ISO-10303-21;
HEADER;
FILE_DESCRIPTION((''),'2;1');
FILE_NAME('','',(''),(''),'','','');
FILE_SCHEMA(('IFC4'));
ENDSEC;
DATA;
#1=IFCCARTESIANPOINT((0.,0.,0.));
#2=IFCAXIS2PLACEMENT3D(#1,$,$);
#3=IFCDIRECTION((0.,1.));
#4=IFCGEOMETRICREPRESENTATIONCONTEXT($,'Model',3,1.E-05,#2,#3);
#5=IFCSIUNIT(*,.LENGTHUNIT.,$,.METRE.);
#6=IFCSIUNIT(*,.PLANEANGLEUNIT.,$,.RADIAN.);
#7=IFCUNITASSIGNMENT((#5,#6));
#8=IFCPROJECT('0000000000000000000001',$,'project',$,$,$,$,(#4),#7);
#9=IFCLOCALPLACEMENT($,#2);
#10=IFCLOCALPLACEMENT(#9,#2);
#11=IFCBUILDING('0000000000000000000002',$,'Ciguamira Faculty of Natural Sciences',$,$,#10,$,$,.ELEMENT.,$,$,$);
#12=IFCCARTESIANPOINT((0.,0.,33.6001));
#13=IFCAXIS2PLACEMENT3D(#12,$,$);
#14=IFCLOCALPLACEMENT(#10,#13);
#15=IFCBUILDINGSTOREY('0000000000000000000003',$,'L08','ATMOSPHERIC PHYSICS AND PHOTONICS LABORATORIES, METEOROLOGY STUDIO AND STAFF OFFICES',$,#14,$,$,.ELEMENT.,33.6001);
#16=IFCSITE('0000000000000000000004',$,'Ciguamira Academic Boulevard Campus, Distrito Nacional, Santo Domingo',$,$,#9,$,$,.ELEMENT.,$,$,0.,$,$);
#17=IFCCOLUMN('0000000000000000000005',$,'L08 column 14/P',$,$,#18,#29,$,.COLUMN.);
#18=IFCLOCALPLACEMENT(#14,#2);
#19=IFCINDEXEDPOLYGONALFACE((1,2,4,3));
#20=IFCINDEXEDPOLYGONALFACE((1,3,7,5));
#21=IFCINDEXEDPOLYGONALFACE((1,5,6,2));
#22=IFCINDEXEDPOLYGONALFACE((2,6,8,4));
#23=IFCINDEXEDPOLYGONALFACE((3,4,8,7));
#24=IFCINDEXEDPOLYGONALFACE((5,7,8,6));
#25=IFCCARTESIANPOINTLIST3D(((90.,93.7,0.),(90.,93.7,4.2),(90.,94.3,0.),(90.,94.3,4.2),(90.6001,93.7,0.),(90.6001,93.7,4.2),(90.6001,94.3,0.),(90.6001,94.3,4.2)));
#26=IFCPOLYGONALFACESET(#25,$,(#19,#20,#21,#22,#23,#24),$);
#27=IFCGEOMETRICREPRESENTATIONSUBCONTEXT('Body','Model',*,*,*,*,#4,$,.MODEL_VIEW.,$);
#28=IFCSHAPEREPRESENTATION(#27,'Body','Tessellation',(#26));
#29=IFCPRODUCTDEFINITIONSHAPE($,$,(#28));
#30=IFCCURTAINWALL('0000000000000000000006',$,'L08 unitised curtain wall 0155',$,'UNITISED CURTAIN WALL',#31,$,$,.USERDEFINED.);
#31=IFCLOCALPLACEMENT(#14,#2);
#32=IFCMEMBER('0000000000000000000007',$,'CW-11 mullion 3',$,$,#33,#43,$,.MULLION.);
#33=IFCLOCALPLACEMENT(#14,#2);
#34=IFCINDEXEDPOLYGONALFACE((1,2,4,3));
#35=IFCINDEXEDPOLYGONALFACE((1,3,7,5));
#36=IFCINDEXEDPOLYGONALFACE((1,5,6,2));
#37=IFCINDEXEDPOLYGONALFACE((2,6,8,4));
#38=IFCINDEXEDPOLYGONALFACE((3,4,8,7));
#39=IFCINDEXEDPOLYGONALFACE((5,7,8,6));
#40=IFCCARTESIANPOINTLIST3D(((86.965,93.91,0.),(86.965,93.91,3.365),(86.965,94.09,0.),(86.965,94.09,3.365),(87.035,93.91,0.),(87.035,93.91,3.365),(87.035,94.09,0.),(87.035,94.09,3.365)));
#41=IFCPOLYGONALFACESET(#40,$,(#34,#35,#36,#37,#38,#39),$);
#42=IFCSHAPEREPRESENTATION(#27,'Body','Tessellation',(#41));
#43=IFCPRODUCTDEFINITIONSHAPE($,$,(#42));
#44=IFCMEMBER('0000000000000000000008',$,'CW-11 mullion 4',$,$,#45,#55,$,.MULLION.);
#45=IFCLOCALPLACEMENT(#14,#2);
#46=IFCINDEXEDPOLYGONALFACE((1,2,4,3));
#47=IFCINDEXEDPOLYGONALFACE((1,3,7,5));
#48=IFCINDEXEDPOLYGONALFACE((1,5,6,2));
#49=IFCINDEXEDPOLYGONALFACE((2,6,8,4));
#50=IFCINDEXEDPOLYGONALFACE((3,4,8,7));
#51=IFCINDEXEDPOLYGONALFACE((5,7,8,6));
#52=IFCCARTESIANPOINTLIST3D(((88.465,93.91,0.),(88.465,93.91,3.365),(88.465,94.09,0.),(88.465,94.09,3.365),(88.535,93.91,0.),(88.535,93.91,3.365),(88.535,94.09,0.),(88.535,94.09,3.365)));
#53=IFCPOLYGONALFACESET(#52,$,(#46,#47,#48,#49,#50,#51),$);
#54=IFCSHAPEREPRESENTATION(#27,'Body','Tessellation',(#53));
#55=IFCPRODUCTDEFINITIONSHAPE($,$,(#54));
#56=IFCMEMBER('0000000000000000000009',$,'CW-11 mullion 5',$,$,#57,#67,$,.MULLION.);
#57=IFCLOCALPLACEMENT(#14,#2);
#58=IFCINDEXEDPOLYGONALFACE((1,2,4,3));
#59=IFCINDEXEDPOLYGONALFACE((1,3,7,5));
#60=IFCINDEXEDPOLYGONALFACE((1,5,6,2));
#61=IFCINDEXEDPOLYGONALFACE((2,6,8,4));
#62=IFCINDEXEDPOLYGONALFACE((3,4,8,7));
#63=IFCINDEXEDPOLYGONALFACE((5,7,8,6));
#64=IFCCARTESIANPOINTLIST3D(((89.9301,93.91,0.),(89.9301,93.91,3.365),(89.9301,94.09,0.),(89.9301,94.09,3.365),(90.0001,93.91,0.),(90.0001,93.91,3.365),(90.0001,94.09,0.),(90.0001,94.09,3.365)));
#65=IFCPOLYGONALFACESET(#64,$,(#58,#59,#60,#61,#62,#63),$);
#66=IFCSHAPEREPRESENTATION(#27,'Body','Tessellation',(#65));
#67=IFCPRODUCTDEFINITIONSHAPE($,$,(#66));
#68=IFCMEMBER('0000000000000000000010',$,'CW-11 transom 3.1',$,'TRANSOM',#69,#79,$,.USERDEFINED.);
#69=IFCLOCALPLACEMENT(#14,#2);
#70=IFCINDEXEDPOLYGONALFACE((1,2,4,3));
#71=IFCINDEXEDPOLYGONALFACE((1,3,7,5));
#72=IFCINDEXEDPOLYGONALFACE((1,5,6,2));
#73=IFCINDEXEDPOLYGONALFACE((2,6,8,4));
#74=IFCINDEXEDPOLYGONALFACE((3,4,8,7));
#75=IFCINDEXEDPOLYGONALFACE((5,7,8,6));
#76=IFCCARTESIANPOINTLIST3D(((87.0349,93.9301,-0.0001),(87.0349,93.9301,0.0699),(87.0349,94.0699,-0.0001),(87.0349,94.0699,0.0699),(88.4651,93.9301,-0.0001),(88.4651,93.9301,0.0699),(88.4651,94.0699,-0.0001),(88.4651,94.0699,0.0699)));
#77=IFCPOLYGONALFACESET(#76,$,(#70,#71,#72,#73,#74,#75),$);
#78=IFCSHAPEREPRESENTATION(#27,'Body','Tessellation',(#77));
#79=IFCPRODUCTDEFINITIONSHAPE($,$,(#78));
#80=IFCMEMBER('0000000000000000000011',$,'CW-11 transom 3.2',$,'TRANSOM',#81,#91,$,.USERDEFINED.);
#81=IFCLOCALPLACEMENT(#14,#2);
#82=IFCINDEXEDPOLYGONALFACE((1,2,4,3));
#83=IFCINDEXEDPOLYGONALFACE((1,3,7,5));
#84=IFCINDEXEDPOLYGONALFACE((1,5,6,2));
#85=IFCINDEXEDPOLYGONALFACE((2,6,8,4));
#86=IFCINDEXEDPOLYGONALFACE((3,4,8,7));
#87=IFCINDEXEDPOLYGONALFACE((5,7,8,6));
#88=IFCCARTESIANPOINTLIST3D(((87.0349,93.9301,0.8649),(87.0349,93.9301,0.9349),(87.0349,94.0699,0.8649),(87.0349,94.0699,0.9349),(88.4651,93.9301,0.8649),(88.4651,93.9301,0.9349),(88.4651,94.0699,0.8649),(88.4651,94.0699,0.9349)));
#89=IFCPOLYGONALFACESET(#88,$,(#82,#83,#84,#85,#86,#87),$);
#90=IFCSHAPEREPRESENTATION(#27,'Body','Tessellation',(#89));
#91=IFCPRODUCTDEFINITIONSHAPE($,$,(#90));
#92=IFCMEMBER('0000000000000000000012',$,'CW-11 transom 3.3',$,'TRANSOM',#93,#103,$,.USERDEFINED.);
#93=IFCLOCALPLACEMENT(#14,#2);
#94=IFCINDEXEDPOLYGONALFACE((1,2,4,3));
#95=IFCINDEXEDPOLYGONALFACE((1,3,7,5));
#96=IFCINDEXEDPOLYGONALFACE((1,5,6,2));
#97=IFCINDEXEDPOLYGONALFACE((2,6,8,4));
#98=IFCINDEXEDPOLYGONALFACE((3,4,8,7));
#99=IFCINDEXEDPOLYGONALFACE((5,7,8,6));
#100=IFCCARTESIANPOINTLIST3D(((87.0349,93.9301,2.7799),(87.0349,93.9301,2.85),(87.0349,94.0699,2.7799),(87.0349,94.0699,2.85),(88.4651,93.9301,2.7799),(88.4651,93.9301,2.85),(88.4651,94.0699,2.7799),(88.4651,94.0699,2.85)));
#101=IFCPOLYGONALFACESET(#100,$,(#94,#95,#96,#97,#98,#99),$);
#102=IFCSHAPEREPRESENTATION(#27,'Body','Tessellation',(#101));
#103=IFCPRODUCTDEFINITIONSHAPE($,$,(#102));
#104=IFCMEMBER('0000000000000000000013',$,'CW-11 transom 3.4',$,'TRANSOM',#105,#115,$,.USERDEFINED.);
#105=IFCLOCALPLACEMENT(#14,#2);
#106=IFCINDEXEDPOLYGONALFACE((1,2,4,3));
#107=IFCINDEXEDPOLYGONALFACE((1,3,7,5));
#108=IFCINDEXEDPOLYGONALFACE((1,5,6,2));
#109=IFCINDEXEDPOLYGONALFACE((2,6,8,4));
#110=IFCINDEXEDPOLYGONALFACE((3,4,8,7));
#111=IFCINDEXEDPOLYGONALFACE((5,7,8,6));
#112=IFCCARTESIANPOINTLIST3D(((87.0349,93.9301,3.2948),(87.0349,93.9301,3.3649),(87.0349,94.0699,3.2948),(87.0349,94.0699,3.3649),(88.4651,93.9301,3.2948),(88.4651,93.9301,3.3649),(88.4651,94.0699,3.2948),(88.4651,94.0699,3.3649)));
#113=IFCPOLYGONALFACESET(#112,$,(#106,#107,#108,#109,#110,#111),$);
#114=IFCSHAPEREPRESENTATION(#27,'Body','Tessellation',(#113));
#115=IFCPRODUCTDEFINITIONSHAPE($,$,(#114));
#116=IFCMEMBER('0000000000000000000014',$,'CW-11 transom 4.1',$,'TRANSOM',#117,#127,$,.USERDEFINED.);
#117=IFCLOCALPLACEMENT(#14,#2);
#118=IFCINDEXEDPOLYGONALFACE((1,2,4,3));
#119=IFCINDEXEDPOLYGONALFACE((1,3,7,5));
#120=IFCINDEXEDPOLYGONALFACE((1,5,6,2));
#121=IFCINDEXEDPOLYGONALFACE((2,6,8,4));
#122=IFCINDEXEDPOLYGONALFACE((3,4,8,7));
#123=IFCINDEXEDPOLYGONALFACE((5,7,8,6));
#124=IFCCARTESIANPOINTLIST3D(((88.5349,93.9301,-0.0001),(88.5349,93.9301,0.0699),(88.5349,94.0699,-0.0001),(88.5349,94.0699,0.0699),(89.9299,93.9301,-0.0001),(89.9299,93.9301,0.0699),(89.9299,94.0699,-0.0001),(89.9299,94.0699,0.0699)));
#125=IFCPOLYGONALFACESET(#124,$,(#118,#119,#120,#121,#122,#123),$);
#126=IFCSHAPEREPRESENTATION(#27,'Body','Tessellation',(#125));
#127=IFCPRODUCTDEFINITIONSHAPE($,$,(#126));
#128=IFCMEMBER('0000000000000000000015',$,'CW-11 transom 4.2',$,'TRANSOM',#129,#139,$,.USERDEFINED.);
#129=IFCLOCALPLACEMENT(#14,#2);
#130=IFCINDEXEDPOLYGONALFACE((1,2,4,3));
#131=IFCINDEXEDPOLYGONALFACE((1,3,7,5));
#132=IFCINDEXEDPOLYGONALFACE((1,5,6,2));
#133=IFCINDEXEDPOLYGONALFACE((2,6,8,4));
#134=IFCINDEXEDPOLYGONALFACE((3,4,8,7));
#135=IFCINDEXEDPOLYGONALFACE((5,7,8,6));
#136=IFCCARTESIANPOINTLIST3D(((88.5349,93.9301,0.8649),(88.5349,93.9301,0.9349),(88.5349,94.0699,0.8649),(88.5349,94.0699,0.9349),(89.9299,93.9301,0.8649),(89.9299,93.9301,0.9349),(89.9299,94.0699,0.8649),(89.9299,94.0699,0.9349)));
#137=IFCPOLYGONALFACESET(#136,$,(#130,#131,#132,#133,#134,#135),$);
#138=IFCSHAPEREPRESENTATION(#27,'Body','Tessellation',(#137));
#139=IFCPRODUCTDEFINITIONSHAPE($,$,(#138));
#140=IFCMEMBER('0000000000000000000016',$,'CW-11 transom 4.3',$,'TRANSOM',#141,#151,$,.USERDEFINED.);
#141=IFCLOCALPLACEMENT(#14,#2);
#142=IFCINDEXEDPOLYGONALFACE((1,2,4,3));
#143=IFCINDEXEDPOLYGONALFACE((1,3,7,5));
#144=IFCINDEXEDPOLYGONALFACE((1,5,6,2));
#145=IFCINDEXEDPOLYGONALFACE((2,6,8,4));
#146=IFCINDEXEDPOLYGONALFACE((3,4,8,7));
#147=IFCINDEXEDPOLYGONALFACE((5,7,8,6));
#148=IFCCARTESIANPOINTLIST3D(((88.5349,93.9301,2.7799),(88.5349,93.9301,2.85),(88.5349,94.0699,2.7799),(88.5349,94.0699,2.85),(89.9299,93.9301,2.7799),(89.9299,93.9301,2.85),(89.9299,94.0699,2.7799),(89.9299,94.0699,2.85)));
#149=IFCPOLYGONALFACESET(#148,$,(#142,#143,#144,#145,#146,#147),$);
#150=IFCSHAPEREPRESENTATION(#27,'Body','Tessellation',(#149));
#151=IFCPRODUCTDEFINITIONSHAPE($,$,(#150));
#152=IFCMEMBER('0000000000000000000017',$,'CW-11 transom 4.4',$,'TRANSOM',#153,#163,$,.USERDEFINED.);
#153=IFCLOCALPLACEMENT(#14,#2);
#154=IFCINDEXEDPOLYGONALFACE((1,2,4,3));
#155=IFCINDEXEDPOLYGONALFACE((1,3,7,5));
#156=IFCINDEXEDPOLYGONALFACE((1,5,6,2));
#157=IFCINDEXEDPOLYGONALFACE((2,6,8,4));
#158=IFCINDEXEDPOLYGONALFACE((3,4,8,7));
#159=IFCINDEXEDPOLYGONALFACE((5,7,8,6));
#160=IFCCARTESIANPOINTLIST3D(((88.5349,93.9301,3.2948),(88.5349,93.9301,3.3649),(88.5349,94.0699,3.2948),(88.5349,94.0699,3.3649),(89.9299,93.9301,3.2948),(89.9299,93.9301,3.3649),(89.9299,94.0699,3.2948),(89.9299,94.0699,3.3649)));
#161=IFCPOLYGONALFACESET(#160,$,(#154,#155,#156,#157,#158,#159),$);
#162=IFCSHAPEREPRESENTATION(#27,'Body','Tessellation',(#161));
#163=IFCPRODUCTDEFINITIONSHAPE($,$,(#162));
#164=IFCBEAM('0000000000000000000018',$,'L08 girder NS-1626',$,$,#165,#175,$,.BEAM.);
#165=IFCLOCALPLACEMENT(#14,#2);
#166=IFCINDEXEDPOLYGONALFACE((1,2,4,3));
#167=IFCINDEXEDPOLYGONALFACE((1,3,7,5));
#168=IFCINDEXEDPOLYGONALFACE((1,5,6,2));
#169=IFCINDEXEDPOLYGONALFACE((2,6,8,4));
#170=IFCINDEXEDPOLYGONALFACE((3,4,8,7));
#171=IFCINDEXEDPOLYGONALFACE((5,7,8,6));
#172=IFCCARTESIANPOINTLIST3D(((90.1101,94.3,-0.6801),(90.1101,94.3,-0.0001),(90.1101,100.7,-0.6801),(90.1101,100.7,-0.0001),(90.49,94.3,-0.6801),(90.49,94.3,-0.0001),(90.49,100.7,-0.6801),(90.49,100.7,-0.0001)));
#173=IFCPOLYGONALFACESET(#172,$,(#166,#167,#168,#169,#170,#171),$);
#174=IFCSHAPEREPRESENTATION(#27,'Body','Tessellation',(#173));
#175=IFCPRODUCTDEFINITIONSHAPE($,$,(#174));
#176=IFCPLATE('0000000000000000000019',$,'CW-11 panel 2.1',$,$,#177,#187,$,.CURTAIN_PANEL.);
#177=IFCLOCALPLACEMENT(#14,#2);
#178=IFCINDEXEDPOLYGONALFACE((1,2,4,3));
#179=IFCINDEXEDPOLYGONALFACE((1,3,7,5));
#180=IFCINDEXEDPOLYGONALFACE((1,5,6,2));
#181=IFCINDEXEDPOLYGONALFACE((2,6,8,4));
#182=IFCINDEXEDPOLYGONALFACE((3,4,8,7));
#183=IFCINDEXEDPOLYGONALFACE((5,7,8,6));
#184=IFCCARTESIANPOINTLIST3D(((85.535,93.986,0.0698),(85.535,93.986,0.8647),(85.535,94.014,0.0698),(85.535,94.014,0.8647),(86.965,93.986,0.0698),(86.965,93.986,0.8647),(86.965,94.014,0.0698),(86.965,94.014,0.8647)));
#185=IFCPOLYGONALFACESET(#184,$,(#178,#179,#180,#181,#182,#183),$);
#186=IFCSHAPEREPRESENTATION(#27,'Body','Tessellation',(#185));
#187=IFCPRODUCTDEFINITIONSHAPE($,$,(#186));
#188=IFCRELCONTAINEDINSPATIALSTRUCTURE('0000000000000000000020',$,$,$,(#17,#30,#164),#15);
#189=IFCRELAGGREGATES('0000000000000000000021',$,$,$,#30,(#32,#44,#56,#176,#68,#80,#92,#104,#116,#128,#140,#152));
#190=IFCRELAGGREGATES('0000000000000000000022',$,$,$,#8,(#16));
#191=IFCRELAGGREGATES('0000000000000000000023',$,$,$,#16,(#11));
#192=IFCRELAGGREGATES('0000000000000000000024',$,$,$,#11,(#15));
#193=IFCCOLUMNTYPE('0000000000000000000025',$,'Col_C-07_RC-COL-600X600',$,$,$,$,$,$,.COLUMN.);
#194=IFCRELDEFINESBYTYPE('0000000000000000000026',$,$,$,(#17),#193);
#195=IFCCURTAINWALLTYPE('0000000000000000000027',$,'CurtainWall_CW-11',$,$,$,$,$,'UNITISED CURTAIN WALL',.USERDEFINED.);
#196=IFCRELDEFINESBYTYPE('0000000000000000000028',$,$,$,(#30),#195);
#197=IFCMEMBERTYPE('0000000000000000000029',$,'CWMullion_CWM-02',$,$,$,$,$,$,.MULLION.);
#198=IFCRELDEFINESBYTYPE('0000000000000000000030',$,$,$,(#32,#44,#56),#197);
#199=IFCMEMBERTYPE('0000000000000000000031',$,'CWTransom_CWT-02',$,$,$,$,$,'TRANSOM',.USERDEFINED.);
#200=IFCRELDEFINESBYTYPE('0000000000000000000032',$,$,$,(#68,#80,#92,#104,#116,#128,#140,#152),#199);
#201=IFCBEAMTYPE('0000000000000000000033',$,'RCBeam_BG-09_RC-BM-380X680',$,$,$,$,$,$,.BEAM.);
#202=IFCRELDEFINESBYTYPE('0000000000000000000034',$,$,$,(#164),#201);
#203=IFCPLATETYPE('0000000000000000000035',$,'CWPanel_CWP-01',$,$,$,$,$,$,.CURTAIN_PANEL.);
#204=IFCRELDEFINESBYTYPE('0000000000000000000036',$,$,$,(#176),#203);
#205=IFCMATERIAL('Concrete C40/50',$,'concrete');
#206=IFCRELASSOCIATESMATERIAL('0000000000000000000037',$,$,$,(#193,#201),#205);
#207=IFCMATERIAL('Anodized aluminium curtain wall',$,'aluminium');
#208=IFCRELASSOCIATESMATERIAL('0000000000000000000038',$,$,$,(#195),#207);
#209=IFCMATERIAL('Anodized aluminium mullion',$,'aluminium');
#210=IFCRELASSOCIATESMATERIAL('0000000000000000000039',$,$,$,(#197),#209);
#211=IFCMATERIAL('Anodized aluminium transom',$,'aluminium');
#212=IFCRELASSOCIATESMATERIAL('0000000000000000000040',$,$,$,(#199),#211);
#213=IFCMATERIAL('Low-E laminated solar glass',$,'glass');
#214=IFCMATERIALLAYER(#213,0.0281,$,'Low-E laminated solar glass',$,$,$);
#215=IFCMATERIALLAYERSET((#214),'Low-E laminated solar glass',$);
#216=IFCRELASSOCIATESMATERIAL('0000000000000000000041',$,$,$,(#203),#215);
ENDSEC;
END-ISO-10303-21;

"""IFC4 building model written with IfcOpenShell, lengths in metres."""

from ifc_helpers import new_model, si_unit, direction, frame, origin, origin_2d, place, context, subcontext, project, spatial, rectangle, extrude, material, layer, layer_set, material_profile, profile_set, type_object, element, aggregate, save


model = new_model("IFC4")

# Units and contexts
model_context = context("Model", 3, precision=1e-05, world=origin(), true_north=direction((0.0, 1.0)))
body_context = subcontext(model_context, "Body", "Model", "MODEL_VIEW")
ifc_project = project(units=[si_unit("LENGTHUNIT", "METRE"), si_unit("PLANEANGLEUNIT", "RADIAN")], contexts=[model_context])

# Site, building, storey
site_placement = place(None, origin())
site = spatial("IfcSite", under=ifc_project, at=site_placement, Name="Ciguamira Academic Boulevard Campus, Distrito Nacional, Santo Domingo", CompositionType="ELEMENT", RefElevation=0.0)
building_placement = place(site_placement, origin())
building = spatial("IfcBuilding", under=site, at=building_placement, Name="Ciguamira Faculty of Natural Sciences", CompositionType="ELEMENT")
storey_placement = place(building_placement, frame((0.0, 0.0, 33.6001)))
storey = spatial("IfcBuildingStorey", under=building, at=storey_placement, Name="L08", Description="ATMOSPHERIC PHYSICS AND PHOTONICS LABORATORIES, METEOROLOGY STUDIO AND STAFF OFFICES", CompositionType="ELEMENT", Elevation=33.6001)

# Column
ifc_material_1 = material(Name="Concrete C40/50", Category="concrete")
ifc_material_profile_1 = material_profile(ifc_material_1, rectangle(XDim=0.6001, YDim=0.6001, at=origin_2d()), Name="RC-COL-600X600")
ifc_profile_set_1 = profile_set([ifc_material_profile_1], Name="Concrete C40/50")
column_type = type_object("IfcColumnType", Name="Col_C-07_RC-COL-600X600", PredefinedType="COLUMN", material=ifc_profile_set_1)
column_placement = place(storey_placement, frame((90.3, 94.0, 0.0), z_axis=(0.0, 0.0, 1.0), x_axis=(1.0, 0.0, 0.0)))
element("IfcColumn", 1, at=column_placement, inside=storey, type_object=column_type, Name="L08 column 14/P", PredefinedType="COLUMN", context=body_context, shape_type="SweptSolid", body=[
    extrude(rectangle(XDim=0.6001, YDim=0.6001, at=origin_2d()), origin(), (0.0, 0.0, 1.0), 4.2),
])

# Curtain wall, members
ifc_material_2 = material(Name="Anodized aluminium curtain wall", Category="aluminium")
curtain_wall_type = type_object("IfcCurtainWallType", Name="CurtainWall_CW-11", ElementType="UNITISED CURTAIN WALL", PredefinedType="USERDEFINED", material=ifc_material_2)
curtain_wall_placement = place(storey_placement, origin())
curtain_wall = element("IfcCurtainWall", 2, at=curtain_wall_placement, inside=storey, type_object=curtain_wall_type, Name="L08 unitised curtain wall 0155", ObjectType="UNITISED CURTAIN WALL", PredefinedType="USERDEFINED")
ifc_material_3 = material(Name="Anodized aluminium mullion", Category="aluminium")
ifc_material_profile_2 = material_profile(ifc_material_3, rectangle(XDim=0.0701, YDim=0.1799, at=origin_2d()), Name="ALU-MUL-70X180")
ifc_profile_set_2 = profile_set([ifc_material_profile_2], Name="Anodized aluminium mullion")
member_type_1 = type_object("IfcMemberType", Name="CWMullion_CWM-02", PredefinedType="MULLION", material=ifc_profile_set_2)
member_1_placement = place(storey_placement, frame((87.0, 94.0, 0.0), z_axis=(0.0, 0.0, 1.0), x_axis=(1.0, 0.0, 0.0)))
member_1 = element("IfcMember", 3, at=member_1_placement, type_object=member_type_1, Name="CW-11 mullion 3", PredefinedType="MULLION", context=body_context, shape_type="SweptSolid", body=[
    extrude(rectangle(XDim=0.0701, YDim=0.1799, at=origin_2d()), origin(), (0.0, 0.0, 1.0), 3.365),
])
member_2_placement = place(storey_placement, frame((88.5, 94.0, 0.0), z_axis=(0.0, 0.0, 1.0), x_axis=(1.0, 0.0, 0.0)))
member_2 = element("IfcMember", 4, at=member_2_placement, type_object=member_type_1, Name="CW-11 mullion 4", PredefinedType="MULLION", context=body_context, shape_type="SweptSolid", body=[
    extrude(rectangle(XDim=0.0701, YDim=0.1799, at=origin_2d()), origin(), (0.0, 0.0, 1.0), 3.365),
])
member_3_placement = place(storey_placement, frame((89.9651, 94.0, 0.0), z_axis=(0.0, 0.0, 1.0), x_axis=(1.0, 0.0, 0.0)))
member_3 = element("IfcMember", 5, at=member_3_placement, type_object=member_type_1, Name="CW-11 mullion 5", PredefinedType="MULLION", context=body_context, shape_type="SweptSolid", body=[
    extrude(rectangle(XDim=0.0701, YDim=0.1799, at=origin_2d()), origin(), (0.0, 0.0, 1.0), 3.365),
])
ifc_material_4 = material(Name="Anodized aluminium transom", Category="aluminium")
ifc_material_profile_3 = material_profile(ifc_material_4, rectangle(XDim=0.0701, YDim=0.1399, at=origin_2d()), Name="ALU-TRN-70X140")
ifc_profile_set_3 = profile_set([ifc_material_profile_3], Name="Anodized aluminium transom")
member_type_2 = type_object("IfcMemberType", Name="CWTransom_CWT-02", ElementType="TRANSOM", PredefinedType="USERDEFINED", material=ifc_profile_set_3)
member_4_placement = place(storey_placement, frame((87.0349, 94.0, 0.0349), z_axis=(1.0, 0.0, 0.0), x_axis=(0.0, 0.0, 1.0)))
member_4 = element("IfcMember", 6, at=member_4_placement, type_object=member_type_2, Name="CW-11 transom 3.1", ObjectType="TRANSOM", PredefinedType="USERDEFINED", context=body_context, shape_type="SweptSolid", body=[
    extrude(rectangle(XDim=0.0701, YDim=0.1399, at=origin_2d()), origin(), (0.0, 0.0, 1.0), 1.4302),
])
member_5_placement = place(storey_placement, frame((87.0349, 94.0, 0.8999), z_axis=(1.0, 0.0, 0.0), x_axis=(0.0, 0.0, 1.0)))
member_5 = element("IfcMember", 7, at=member_5_placement, type_object=member_type_2, Name="CW-11 transom 3.2", ObjectType="TRANSOM", PredefinedType="USERDEFINED", context=body_context, shape_type="SweptSolid", body=[
    extrude(rectangle(XDim=0.0701, YDim=0.1399, at=origin_2d()), origin(), (0.0, 0.0, 1.0), 1.4302),
])
member_6_placement = place(storey_placement, frame((87.0349, 94.0, 2.8149), z_axis=(1.0, 0.0, 0.0), x_axis=(0.0, 0.0, 1.0)))
member_6 = element("IfcMember", 8, at=member_6_placement, type_object=member_type_2, Name="CW-11 transom 3.3", ObjectType="TRANSOM", PredefinedType="USERDEFINED", context=body_context, shape_type="SweptSolid", body=[
    extrude(rectangle(XDim=0.0701, YDim=0.1399, at=origin_2d()), origin(), (0.0, 0.0, 1.0), 1.4302),
])
member_7_placement = place(storey_placement, frame((87.0349, 94.0, 3.3298), z_axis=(1.0, 0.0, 0.0), x_axis=(0.0, 0.0, 1.0)))
member_7 = element("IfcMember", 9, at=member_7_placement, type_object=member_type_2, Name="CW-11 transom 3.4", ObjectType="TRANSOM", PredefinedType="USERDEFINED", context=body_context, shape_type="SweptSolid", body=[
    extrude(rectangle(XDim=0.0701, YDim=0.1399, at=origin_2d()), origin(), (0.0, 0.0, 1.0), 1.4302),
])
member_8_placement = place(storey_placement, frame((88.5349, 94.0, 0.0349), z_axis=(1.0, 0.0, 0.0), x_axis=(0.0, 0.0, 1.0)))
member_8 = element("IfcMember", 10, at=member_8_placement, type_object=member_type_2, Name="CW-11 transom 4.1", ObjectType="TRANSOM", PredefinedType="USERDEFINED", context=body_context, shape_type="SweptSolid", body=[
    extrude(rectangle(XDim=0.0701, YDim=0.1399, at=origin_2d()), origin(), (0.0, 0.0, 1.0), 1.395),
])
member_9_placement = place(storey_placement, frame((88.5349, 94.0, 0.8999), z_axis=(1.0, 0.0, 0.0), x_axis=(0.0, 0.0, 1.0)))
member_9 = element("IfcMember", 11, at=member_9_placement, type_object=member_type_2, Name="CW-11 transom 4.2", ObjectType="TRANSOM", PredefinedType="USERDEFINED", context=body_context, shape_type="SweptSolid", body=[
    extrude(rectangle(XDim=0.0701, YDim=0.1399, at=origin_2d()), origin(), (0.0, 0.0, 1.0), 1.395),
])
member_10_placement = place(storey_placement, frame((88.5349, 94.0, 2.8149), z_axis=(1.0, 0.0, 0.0), x_axis=(0.0, 0.0, 1.0)))
member_10 = element("IfcMember", 12, at=member_10_placement, type_object=member_type_2, Name="CW-11 transom 4.3", ObjectType="TRANSOM", PredefinedType="USERDEFINED", context=body_context, shape_type="SweptSolid", body=[
    extrude(rectangle(XDim=0.0701, YDim=0.1399, at=origin_2d()), origin(), (0.0, 0.0, 1.0), 1.395),
])
member_11_placement = place(storey_placement, frame((88.5349, 94.0, 3.3298), z_axis=(1.0, 0.0, 0.0), x_axis=(0.0, 0.0, 1.0)))
member_11 = element("IfcMember", 13, at=member_11_placement, type_object=member_type_2, Name="CW-11 transom 4.4", ObjectType="TRANSOM", PredefinedType="USERDEFINED", context=body_context, shape_type="SweptSolid", body=[
    extrude(rectangle(XDim=0.0701, YDim=0.1399, at=origin_2d()), origin(), (0.0, 0.0, 1.0), 1.395),
])

# Beam
ifc_material_profile_4 = material_profile(ifc_material_1, rectangle(XDim=0.3799, YDim=0.6799, at=origin_2d()), Name="RC-BM-380X680")
ifc_profile_set_4 = profile_set([ifc_material_profile_4], Name="Concrete C40/50")
beam_type = type_object("IfcBeamType", Name="RCBeam_BG-09_RC-BM-380X680", PredefinedType="BEAM", material=ifc_profile_set_4)
beam_placement = place(storey_placement, frame((90.3, 94.3, -0.3401), z_axis=(0.0, 1.0, 0.0), x_axis=(-1.0, 0.0, 0.0)))
element("IfcBeam", 14, at=beam_placement, inside=storey, type_object=beam_type, Name="L08 girder NS-1626", PredefinedType="BEAM", context=body_context, shape_type="SweptSolid", body=[
    extrude(rectangle(XDim=0.3799, YDim=0.6799, at=origin_2d()), origin(), (0.0, 0.0, 1.0), 6.3999),
])

# Plate
ifc_material_5 = material(Name="Low-E laminated solar glass", Category="glass")
ifc_layer_1 = layer(ifc_material_5, 0.0281, Name="Low-E laminated solar glass")
ifc_layer_set_1 = layer_set([ifc_layer_1], Name="Low-E laminated solar glass")
plate_type = type_object("IfcPlateType", Name="CWPanel_CWP-01", PredefinedType="CURTAIN_PANEL", material=ifc_layer_set_1)
plate_1_placement = place(storey_placement, frame((86.25, 94.0, 0.0698), z_axis=(0.0, 0.0, 1.0), x_axis=(1.0, 0.0, 0.0)))
plate_1 = element("IfcPlate", 15, at=plate_1_placement, type_object=plate_type, Name="CW-11 panel 2.1", PredefinedType="CURTAIN_PANEL", context=body_context, shape_type="SweptSolid", body=[
    extrude(rectangle(XDim=1.4299, YDim=0.0281, at=origin_2d()), origin(), (0.0, 0.0, 1.0), 0.7949),
])
aggregate(curtain_wall, [member_1, member_2, member_3, plate_1, member_4, member_5, member_6, member_7, member_8, member_9, member_10, member_11])

save(model, "model.ifc")
